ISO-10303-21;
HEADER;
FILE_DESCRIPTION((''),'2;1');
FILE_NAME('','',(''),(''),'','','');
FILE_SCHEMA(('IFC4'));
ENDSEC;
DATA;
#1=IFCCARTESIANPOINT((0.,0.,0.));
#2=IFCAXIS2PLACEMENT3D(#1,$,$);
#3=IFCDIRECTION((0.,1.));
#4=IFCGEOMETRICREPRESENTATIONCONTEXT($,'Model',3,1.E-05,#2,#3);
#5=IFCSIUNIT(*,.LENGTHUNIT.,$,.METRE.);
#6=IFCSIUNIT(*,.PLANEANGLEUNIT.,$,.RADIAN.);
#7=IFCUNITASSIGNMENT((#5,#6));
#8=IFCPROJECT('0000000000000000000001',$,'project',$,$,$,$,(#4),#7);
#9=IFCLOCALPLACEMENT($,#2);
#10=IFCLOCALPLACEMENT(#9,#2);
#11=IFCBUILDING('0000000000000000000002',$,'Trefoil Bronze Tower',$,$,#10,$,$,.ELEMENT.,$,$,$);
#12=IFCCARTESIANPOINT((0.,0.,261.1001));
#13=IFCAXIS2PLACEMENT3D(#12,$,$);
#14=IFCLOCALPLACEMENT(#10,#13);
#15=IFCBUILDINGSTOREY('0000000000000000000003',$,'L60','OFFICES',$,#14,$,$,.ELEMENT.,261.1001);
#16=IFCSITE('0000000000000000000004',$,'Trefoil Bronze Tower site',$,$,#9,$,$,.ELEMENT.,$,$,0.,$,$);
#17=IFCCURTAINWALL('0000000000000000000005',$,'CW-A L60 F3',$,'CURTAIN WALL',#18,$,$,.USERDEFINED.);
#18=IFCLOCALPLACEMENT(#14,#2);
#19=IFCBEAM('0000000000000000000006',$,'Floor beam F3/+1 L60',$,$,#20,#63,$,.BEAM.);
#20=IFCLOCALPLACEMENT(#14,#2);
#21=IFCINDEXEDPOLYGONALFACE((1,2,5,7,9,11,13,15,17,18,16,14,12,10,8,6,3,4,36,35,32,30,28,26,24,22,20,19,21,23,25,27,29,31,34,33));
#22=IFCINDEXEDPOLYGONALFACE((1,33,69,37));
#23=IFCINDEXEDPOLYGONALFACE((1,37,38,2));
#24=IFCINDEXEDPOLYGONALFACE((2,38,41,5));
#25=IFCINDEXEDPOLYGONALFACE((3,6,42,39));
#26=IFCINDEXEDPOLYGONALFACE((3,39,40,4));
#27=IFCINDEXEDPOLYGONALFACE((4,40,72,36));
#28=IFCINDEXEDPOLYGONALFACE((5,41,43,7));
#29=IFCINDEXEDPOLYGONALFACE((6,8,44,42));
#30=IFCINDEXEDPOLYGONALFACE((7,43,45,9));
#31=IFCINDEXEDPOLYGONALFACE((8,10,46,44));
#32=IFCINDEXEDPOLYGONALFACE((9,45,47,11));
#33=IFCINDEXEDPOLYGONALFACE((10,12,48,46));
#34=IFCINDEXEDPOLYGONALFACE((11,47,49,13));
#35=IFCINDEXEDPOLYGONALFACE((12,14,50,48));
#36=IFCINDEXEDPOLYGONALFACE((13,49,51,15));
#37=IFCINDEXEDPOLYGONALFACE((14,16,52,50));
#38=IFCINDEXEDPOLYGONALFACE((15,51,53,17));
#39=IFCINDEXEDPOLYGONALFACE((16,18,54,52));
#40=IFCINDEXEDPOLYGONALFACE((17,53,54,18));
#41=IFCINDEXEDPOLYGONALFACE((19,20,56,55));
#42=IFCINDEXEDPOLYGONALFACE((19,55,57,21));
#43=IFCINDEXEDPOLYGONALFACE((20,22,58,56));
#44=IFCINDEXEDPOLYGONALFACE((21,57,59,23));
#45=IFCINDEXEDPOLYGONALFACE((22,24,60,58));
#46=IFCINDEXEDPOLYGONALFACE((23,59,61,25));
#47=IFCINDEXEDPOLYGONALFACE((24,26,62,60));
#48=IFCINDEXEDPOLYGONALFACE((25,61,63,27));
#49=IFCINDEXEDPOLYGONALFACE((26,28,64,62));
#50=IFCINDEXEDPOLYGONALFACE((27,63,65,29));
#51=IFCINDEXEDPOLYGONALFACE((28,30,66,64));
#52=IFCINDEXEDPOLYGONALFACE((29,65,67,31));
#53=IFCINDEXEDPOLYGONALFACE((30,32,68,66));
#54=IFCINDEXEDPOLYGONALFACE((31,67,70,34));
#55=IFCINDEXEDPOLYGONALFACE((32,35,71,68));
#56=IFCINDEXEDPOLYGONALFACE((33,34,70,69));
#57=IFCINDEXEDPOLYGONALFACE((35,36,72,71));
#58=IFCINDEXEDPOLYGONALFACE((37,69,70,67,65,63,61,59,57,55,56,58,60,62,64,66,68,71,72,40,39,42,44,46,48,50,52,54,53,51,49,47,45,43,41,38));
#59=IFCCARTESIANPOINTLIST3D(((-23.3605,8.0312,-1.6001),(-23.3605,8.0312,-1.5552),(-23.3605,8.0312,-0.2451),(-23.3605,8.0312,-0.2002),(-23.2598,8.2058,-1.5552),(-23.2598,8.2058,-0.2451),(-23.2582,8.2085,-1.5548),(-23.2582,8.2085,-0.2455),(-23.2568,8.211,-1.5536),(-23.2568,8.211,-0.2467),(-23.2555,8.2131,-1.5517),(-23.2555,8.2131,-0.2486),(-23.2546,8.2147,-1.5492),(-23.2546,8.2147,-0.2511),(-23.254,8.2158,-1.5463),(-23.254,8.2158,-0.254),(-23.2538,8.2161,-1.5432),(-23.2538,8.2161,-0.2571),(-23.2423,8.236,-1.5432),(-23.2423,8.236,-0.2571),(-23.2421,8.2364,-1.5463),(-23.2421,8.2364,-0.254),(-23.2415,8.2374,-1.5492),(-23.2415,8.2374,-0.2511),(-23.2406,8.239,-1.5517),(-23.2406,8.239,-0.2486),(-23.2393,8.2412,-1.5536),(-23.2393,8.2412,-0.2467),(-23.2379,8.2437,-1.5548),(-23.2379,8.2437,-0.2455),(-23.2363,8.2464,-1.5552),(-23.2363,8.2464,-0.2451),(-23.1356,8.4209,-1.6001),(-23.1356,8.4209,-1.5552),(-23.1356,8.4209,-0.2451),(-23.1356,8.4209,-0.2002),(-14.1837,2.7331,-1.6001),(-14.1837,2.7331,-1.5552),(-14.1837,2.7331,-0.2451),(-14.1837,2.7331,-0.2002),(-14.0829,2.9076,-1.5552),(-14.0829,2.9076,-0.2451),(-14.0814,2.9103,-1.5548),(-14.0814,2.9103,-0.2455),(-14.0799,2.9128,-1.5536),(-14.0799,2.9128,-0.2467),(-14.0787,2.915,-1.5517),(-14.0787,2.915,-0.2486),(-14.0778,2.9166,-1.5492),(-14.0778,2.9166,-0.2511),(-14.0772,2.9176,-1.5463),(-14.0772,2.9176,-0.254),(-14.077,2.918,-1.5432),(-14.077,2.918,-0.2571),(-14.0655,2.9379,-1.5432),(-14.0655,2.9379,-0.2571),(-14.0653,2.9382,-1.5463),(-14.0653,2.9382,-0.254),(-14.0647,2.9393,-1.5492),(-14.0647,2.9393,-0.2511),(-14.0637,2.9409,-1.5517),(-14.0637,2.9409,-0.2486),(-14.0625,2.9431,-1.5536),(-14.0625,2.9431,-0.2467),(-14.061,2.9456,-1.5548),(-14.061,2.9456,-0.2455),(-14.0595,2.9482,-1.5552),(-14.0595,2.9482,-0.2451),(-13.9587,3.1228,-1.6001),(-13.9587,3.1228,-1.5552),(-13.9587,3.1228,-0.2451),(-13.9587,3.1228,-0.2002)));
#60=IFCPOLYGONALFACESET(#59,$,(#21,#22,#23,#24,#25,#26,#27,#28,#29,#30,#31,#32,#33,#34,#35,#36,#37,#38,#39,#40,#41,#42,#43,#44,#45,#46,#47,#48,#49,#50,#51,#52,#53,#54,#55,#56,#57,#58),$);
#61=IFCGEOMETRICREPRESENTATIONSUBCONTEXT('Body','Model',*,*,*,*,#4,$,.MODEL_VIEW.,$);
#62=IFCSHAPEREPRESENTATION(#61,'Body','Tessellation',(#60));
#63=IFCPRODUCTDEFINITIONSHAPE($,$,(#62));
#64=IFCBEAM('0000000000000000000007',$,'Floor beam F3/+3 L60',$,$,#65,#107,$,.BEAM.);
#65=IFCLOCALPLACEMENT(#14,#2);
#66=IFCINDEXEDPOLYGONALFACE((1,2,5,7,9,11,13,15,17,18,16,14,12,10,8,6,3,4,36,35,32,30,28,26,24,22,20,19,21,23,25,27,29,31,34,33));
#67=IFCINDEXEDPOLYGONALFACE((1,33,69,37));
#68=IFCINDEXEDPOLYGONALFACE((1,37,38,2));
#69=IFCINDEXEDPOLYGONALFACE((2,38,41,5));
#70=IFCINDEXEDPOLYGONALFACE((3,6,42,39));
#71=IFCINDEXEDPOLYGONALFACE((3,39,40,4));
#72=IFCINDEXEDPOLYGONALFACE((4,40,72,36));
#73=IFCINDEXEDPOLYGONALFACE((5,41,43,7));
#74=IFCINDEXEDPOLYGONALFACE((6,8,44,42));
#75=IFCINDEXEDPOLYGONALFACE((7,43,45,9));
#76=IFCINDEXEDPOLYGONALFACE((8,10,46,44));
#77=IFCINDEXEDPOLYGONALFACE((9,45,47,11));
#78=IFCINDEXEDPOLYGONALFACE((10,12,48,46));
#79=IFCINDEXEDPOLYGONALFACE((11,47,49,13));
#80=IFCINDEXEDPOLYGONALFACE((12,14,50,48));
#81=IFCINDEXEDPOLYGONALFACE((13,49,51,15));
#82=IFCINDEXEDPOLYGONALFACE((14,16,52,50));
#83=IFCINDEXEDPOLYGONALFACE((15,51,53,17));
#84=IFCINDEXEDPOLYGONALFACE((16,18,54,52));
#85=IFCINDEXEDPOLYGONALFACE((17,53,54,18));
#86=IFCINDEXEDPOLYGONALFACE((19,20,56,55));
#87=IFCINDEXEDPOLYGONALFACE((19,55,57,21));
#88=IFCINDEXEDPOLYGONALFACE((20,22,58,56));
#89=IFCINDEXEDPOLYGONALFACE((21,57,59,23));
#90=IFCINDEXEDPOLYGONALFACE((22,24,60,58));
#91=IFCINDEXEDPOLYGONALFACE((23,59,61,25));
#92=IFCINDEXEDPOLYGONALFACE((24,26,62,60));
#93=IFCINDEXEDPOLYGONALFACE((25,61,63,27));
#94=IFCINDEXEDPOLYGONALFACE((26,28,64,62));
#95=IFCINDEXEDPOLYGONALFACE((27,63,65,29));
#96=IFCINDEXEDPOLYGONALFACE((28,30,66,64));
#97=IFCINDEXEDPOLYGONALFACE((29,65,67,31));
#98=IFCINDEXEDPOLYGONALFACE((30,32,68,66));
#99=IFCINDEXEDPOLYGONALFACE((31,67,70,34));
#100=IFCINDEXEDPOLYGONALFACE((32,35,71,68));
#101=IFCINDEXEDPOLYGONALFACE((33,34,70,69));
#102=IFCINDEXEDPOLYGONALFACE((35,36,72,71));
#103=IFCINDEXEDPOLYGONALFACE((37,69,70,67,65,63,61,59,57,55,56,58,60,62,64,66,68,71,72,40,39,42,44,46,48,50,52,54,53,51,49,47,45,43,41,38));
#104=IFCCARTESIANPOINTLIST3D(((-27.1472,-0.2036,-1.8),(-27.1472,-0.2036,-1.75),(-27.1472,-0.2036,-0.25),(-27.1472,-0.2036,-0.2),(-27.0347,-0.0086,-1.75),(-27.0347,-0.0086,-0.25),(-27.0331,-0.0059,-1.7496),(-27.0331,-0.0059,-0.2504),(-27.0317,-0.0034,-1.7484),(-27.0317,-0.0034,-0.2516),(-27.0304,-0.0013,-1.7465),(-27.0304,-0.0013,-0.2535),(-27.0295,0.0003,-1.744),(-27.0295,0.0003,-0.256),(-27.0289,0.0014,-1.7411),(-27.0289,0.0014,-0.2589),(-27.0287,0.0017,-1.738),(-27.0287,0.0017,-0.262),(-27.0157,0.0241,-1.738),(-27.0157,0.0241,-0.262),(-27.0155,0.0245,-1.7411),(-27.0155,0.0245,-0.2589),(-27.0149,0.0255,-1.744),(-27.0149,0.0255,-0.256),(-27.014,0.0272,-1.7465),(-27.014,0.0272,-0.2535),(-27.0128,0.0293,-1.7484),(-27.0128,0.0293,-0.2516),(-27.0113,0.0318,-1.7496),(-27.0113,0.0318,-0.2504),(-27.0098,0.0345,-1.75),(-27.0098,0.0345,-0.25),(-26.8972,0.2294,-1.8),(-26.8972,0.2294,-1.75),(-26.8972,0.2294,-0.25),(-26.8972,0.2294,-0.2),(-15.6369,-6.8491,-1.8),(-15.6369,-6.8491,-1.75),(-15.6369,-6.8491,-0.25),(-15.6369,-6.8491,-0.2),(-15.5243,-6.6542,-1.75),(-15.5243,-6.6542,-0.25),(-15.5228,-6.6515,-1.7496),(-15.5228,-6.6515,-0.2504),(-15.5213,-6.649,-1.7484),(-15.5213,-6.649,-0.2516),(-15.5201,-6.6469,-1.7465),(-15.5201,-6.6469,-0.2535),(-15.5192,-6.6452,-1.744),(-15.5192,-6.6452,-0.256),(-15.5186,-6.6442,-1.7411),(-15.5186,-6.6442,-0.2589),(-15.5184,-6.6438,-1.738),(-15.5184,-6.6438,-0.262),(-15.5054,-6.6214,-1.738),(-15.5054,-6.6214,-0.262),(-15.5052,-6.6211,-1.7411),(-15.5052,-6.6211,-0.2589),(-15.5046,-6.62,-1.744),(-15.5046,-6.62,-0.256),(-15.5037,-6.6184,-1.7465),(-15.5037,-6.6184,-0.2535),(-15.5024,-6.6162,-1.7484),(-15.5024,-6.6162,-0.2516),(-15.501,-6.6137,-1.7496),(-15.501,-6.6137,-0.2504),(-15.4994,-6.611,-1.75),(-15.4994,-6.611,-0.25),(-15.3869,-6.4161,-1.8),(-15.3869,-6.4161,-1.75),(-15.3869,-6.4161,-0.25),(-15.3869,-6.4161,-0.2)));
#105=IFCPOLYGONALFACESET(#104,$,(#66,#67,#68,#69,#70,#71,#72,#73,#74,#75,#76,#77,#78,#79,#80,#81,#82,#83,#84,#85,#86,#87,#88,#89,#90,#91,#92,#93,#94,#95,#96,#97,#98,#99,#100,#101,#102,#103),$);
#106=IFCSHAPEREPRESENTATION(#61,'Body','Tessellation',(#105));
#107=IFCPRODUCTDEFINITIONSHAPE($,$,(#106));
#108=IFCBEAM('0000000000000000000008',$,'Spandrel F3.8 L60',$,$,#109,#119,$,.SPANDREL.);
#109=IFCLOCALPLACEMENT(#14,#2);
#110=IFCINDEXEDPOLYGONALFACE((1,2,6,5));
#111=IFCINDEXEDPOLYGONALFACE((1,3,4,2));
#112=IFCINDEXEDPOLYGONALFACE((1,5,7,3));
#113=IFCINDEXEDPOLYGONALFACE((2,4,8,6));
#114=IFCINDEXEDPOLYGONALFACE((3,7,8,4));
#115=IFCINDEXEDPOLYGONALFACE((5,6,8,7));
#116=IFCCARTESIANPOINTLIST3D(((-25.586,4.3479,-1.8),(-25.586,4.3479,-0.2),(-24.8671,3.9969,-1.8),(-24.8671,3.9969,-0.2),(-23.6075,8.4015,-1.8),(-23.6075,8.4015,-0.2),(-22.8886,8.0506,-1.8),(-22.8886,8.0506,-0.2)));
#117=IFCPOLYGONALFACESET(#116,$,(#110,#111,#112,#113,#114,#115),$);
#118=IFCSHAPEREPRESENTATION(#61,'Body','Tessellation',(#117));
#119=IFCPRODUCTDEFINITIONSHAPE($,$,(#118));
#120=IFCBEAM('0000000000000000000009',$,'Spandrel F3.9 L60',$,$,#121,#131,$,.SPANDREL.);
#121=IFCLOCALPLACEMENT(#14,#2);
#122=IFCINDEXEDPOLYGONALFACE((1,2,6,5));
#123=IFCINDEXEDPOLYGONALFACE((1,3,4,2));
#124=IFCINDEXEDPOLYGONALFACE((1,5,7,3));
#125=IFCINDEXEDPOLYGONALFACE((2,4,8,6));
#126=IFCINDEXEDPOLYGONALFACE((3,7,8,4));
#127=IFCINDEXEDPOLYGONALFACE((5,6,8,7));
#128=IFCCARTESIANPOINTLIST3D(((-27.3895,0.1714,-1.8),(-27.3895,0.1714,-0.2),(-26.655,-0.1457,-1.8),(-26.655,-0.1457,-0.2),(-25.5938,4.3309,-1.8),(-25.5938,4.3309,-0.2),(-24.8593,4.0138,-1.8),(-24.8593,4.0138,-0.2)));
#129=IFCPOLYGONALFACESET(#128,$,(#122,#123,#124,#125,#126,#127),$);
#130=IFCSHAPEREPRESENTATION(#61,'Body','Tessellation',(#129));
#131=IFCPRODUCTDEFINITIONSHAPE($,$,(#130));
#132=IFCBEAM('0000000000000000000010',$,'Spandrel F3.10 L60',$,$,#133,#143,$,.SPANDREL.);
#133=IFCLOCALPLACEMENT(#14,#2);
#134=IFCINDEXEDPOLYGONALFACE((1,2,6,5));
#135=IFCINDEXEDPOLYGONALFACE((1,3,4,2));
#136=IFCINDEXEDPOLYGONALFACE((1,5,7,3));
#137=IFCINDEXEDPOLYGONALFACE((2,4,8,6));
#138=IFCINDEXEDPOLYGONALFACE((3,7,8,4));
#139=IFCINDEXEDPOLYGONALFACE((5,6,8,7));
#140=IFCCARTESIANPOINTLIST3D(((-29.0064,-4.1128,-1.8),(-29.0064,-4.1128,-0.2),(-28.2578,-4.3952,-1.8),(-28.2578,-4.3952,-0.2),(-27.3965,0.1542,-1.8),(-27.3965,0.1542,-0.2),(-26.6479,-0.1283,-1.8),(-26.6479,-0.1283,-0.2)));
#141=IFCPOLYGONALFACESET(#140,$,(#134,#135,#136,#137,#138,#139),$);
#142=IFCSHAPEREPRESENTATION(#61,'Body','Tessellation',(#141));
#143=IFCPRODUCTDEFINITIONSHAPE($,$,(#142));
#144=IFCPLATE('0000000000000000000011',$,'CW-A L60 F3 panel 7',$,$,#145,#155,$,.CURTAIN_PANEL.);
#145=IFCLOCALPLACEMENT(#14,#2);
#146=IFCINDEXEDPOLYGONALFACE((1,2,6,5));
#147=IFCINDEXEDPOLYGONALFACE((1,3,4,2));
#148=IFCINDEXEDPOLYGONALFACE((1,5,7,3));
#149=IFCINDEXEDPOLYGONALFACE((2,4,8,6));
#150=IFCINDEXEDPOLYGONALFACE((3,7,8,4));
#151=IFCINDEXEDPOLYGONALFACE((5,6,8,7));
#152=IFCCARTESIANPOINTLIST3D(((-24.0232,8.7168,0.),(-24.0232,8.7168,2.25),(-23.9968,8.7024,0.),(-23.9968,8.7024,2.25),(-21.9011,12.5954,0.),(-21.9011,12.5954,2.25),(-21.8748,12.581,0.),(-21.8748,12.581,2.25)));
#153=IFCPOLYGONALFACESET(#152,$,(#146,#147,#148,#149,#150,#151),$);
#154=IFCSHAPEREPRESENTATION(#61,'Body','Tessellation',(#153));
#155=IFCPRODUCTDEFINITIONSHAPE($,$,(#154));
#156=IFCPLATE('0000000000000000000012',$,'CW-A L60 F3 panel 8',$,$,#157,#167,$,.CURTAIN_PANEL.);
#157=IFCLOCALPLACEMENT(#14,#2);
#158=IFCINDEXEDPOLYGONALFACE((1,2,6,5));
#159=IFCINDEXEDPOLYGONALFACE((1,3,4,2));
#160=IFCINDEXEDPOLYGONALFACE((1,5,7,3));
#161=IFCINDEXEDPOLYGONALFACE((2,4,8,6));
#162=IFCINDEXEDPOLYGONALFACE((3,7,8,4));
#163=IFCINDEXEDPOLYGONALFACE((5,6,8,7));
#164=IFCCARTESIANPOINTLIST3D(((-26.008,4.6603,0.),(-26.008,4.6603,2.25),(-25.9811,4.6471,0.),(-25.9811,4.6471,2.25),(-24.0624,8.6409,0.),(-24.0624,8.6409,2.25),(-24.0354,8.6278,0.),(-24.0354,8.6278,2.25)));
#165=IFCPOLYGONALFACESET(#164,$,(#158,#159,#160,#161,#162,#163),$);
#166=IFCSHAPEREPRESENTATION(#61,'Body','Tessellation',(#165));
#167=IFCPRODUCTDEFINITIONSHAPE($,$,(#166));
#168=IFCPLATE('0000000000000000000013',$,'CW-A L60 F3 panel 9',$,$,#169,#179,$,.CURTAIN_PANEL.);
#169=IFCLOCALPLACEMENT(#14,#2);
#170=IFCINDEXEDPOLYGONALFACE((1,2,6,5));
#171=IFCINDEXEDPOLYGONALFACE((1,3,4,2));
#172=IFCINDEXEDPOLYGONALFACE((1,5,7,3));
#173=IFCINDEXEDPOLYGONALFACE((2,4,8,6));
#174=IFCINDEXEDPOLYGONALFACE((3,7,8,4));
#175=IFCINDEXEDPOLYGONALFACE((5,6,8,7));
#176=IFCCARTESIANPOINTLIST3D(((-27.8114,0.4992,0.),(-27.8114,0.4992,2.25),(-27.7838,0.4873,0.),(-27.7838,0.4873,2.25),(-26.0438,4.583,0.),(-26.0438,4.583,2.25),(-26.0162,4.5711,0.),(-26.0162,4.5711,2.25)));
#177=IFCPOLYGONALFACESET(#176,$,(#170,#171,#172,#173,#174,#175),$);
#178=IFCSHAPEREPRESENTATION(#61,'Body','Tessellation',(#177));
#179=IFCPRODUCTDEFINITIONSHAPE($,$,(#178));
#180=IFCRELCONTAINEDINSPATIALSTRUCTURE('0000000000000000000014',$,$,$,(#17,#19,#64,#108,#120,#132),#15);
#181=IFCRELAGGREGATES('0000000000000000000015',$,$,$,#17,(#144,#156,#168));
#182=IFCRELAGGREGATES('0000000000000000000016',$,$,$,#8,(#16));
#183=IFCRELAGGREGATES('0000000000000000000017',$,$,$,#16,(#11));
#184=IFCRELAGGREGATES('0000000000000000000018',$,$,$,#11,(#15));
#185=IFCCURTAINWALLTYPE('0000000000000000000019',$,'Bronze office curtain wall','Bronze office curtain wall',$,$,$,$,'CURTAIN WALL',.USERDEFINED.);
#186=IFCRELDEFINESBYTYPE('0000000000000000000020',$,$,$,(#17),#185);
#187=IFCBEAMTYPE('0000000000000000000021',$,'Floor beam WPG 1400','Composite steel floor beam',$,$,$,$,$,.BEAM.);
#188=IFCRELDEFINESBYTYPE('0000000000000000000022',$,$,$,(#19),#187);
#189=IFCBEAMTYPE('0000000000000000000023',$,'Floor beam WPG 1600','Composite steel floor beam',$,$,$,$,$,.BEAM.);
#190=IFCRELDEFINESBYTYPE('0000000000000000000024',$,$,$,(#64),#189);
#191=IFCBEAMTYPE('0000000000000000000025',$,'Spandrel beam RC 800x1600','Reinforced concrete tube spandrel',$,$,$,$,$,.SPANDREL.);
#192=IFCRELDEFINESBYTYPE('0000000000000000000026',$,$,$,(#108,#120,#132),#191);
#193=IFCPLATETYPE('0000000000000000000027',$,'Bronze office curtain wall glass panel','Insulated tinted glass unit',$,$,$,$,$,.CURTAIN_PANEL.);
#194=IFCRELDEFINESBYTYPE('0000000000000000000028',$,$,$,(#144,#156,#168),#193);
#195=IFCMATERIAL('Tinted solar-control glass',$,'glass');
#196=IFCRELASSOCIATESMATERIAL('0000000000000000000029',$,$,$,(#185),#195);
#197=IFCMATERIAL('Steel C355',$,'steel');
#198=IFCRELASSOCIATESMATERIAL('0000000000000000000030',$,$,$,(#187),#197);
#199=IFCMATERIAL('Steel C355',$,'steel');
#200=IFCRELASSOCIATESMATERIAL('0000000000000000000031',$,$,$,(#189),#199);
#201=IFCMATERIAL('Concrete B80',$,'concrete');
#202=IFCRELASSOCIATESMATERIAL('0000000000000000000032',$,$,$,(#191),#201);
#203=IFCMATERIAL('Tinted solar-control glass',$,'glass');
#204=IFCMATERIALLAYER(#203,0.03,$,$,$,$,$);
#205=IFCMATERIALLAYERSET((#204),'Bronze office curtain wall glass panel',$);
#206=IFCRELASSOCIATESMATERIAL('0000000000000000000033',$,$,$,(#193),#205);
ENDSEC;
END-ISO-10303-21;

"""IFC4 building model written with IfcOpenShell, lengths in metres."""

from ifc_helpers import new_model, si_unit, direction, frame, origin, origin_2d, place, context, subcontext, project, spatial, rectangle, i_section, extrude, material, layer, layer_set, material_profile, profile_set, type_object, element, aggregate, save


model = new_model("IFC4")

# Units and contexts
model_context = context("Model", 3, precision=1e-05, world=origin(), true_north=direction((0.0, 1.0)))
body_context = subcontext(model_context, "Body", "Model", "MODEL_VIEW")
ifc_project = project(units=[si_unit("LENGTHUNIT", "METRE"), si_unit("PLANEANGLEUNIT", "RADIAN")], contexts=[model_context])

# Site, building, storey
site_placement = place(None, origin())
site = spatial("IfcSite", under=ifc_project, at=site_placement, Name="Trefoil Bronze Tower site", CompositionType="ELEMENT", RefElevation=0.0)
building_placement = place(site_placement, origin())
building = spatial("IfcBuilding", under=site, at=building_placement, Name="Trefoil Bronze Tower", CompositionType="ELEMENT")
storey_placement = place(building_placement, frame((0.0, 0.0, 261.1001)))
storey = spatial("IfcBuildingStorey", under=building, at=storey_placement, Name="L60", Description="OFFICES", CompositionType="ELEMENT", Elevation=261.1001)

# Curtain wall
ifc_material_1 = material(Name="Tinted solar-control glass", Category="glass")
curtain_wall_type = type_object("IfcCurtainWallType", Name="Bronze office curtain wall", Description="Bronze office curtain wall", ElementType="CURTAIN WALL", PredefinedType="USERDEFINED", material=ifc_material_1)
curtain_wall_placement = place(storey_placement, origin())
curtain_wall = element("IfcCurtainWall", 1, at=curtain_wall_placement, inside=storey, type_object=curtain_wall_type, Name="CW-A L60 F3", ObjectType="CURTAIN WALL", PredefinedType="USERDEFINED")

# Beams
ifc_material_2 = material(Name="Steel C355", Category="steel")
ifc_material_profile_1 = material_profile(ifc_material_2, i_section(OverallWidth=0.45, OverallDepth=1.3999, WebThickness=0.0229, FlangeThickness=0.0449, FilletRadius=0.012, at=origin_2d()), Name="WPG 1400")
ifc_profile_set_1 = profile_set([ifc_material_profile_1], Name="Steel C355")
beam_type_1 = type_object("IfcBeamType", Name="Floor beam WPG 1400", Description="Composite steel floor beam", PredefinedType="BEAM", material=ifc_profile_set_1)
beam_1_placement = place(storey_placement, frame((-23.248, 8.2261, -0.9001), z_axis=(0.86603, -0.499992, 0.0), x_axis=(0.499992, 0.86603, 0.0)))
element("IfcBeam", 2, at=beam_1_placement, inside=storey, type_object=beam_type_1, Name="Floor beam F3/+1 L60", PredefinedType="BEAM", context=body_context, shape_type="SweptSolid", body=[
    extrude(i_section(OverallWidth=0.45, OverallDepth=1.3999, WebThickness=0.0229, FlangeThickness=0.0449, FilletRadius=0.012, at=origin_2d()), origin(), (0.0, 0.0, 1.0), 10.5964),
])
ifc_material_3 = material(Name="Steel C355", Category="steel")
ifc_material_profile_2 = material_profile(ifc_material_3, i_section(OverallWidth=0.5, OverallDepth=1.6001, WebThickness=0.0259, FlangeThickness=0.05, FilletRadius=0.012, at=origin_2d()), Name="WPG 1600")
ifc_profile_set_2 = profile_set([ifc_material_profile_2], Name="Steel C355")
beam_type_2 = type_object("IfcBeamType", Name="Floor beam WPG 1600", Description="Composite steel floor beam", PredefinedType="BEAM", material=ifc_profile_set_2)
beam_2_placement = place(storey_placement, frame((-27.0222, 0.0129, -1.0), z_axis=(0.866023, -0.500003, 0.0), x_axis=(0.500003, 0.866023, 0.0)))
element("IfcBeam", 3, at=beam_2_placement, inside=storey, type_object=beam_type_2, Name="Floor beam F3/+3 L60", PredefinedType="BEAM", context=body_context, shape_type="SweptSolid", body=[
    extrude(i_section(OverallWidth=0.5, OverallDepth=1.6001, WebThickness=0.0259, FlangeThickness=0.05, FilletRadius=0.012, at=origin_2d()), origin(), (0.0, 0.0, 1.0), 13.291),
])
ifc_material_4 = material(Name="Concrete B80", Category="concrete")
ifc_material_profile_3 = material_profile(ifc_material_4, rectangle(XDim=0.8, YDim=1.6001, at=origin_2d()), Name="RC 800x1600")
ifc_profile_set_3 = profile_set([ifc_material_profile_3], Name="Concrete B80")
beam_type_3 = type_object("IfcBeamType", Name="Spandrel beam RC 800x1600", Description="Reinforced concrete tube spandrel", PredefinedType="SPANDREL", material=ifc_profile_set_3)
beam_3_placement = place(storey_placement, frame((-23.248, 8.2261, -1.0), z_axis=(-0.43862, -0.898673, 0.0), x_axis=(0.898673, -0.43862, 0.0)))
element("IfcBeam", 4, at=beam_3_placement, inside=storey, type_object=beam_type_3, Name="Spandrel F3.8 L60", PredefinedType="SPANDREL", context=body_context, shape_type="SweptSolid", body=[
    extrude(rectangle(XDim=0.8, YDim=1.6001, at=origin_2d()), origin(), (0.0, 0.0, 1.0), 4.5107),
])
beam_4_placement = place(storey_placement, frame((-25.2266, 4.1724, -1.0), z_axis=(-0.39635, -0.918099, 0.0), x_axis=(0.918099, -0.39635, 0.0)))
element("IfcBeam", 5, at=beam_4_placement, inside=storey, type_object=beam_type_3, Name="Spandrel F3.9 L60", PredefinedType="SPANDREL", context=body_context, shape_type="SweptSolid", body=[
    extrude(rectangle(XDim=0.8, YDim=1.6001, at=origin_2d()), origin(), (0.0, 0.0, 1.0), 4.5305),
])
beam_5_placement = place(storey_placement, frame((-27.0222, 0.0129, -1.0), z_axis=(-0.353006, -0.935621, 0.0), x_axis=(0.935621, -0.353006, 0.0)))
element("IfcBeam", 6, at=beam_5_placement, inside=storey, type_object=beam_type_3, Name="Spandrel F3.10 L60", PredefinedType="SPANDREL", context=body_context, shape_type="SweptSolid", body=[
    extrude(rectangle(XDim=0.8, YDim=1.6001, at=origin_2d()), origin(), (0.0, 0.0, 1.0), 4.5605),
])

# Plates
ifc_material_5 = material(Name="Tinted solar-control glass", Category="glass")
ifc_layer_1 = layer(ifc_material_5, 0.03)
ifc_layer_set_1 = layer_set([ifc_layer_1], Name="Bronze office curtain wall glass panel")
plate_type = type_object("IfcPlateType", Name="Bronze office curtain wall glass panel", Description="Insulated tinted glass unit", PredefinedType="CURTAIN_PANEL", material=ifc_layer_set_1)
plate_1_placement = place(storey_placement, frame((-22.949, 10.6489, 0.0), z_axis=(0.0, 0.0, 1.0), x_axis=(-0.479974, -0.877283, 0.0)))
plate_1 = element("IfcPlate", 7, at=plate_1_placement, type_object=plate_type, Name="CW-A L60 F3 panel 7", PredefinedType="CURTAIN_PANEL", context=body_context, shape_type="SweptSolid", body=[
    extrude(rectangle(XDim=4.4211, YDim=0.03, at=origin_2d()), origin(), (0.0, 0.0, 1.0), 2.25),
])
plate_2_placement = place(storey_placement, frame((-25.0217, 6.644, 0.0), z_axis=(0.0, 0.0, 1.0), x_axis=(-0.439129, -0.898424, 0.0)))
plate_2 = element("IfcPlate", 8, at=plate_2_placement, type_object=plate_type, Name="CW-A L60 F3 panel 8", PredefinedType="CURTAIN_PANEL", context=body_context, shape_type="SweptSolid", body=[
    extrude(rectangle(XDim=4.4307, YDim=0.03, at=origin_2d()), origin(), (0.0, 0.0, 1.0), 2.25),
])
plate_3_placement = place(storey_placement, frame((-26.9138, 2.5352, 0.0), z_axis=(0.0, 0.0, 1.0), x_axis=(-0.39722, -0.917723, 0.0)))
plate_3 = element("IfcPlate", 9, at=plate_3_placement, type_object=plate_type, Name="CW-A L60 F3 panel 9", PredefinedType="CURTAIN_PANEL", context=body_context, shape_type="SweptSolid", body=[
    extrude(rectangle(XDim=4.45, YDim=0.03, at=origin_2d()), origin(), (0.0, 0.0, 1.0), 2.25),
])
aggregate(curtain_wall, [plate_1, plate_2, plate_3])

save(model, "model.ifc")
